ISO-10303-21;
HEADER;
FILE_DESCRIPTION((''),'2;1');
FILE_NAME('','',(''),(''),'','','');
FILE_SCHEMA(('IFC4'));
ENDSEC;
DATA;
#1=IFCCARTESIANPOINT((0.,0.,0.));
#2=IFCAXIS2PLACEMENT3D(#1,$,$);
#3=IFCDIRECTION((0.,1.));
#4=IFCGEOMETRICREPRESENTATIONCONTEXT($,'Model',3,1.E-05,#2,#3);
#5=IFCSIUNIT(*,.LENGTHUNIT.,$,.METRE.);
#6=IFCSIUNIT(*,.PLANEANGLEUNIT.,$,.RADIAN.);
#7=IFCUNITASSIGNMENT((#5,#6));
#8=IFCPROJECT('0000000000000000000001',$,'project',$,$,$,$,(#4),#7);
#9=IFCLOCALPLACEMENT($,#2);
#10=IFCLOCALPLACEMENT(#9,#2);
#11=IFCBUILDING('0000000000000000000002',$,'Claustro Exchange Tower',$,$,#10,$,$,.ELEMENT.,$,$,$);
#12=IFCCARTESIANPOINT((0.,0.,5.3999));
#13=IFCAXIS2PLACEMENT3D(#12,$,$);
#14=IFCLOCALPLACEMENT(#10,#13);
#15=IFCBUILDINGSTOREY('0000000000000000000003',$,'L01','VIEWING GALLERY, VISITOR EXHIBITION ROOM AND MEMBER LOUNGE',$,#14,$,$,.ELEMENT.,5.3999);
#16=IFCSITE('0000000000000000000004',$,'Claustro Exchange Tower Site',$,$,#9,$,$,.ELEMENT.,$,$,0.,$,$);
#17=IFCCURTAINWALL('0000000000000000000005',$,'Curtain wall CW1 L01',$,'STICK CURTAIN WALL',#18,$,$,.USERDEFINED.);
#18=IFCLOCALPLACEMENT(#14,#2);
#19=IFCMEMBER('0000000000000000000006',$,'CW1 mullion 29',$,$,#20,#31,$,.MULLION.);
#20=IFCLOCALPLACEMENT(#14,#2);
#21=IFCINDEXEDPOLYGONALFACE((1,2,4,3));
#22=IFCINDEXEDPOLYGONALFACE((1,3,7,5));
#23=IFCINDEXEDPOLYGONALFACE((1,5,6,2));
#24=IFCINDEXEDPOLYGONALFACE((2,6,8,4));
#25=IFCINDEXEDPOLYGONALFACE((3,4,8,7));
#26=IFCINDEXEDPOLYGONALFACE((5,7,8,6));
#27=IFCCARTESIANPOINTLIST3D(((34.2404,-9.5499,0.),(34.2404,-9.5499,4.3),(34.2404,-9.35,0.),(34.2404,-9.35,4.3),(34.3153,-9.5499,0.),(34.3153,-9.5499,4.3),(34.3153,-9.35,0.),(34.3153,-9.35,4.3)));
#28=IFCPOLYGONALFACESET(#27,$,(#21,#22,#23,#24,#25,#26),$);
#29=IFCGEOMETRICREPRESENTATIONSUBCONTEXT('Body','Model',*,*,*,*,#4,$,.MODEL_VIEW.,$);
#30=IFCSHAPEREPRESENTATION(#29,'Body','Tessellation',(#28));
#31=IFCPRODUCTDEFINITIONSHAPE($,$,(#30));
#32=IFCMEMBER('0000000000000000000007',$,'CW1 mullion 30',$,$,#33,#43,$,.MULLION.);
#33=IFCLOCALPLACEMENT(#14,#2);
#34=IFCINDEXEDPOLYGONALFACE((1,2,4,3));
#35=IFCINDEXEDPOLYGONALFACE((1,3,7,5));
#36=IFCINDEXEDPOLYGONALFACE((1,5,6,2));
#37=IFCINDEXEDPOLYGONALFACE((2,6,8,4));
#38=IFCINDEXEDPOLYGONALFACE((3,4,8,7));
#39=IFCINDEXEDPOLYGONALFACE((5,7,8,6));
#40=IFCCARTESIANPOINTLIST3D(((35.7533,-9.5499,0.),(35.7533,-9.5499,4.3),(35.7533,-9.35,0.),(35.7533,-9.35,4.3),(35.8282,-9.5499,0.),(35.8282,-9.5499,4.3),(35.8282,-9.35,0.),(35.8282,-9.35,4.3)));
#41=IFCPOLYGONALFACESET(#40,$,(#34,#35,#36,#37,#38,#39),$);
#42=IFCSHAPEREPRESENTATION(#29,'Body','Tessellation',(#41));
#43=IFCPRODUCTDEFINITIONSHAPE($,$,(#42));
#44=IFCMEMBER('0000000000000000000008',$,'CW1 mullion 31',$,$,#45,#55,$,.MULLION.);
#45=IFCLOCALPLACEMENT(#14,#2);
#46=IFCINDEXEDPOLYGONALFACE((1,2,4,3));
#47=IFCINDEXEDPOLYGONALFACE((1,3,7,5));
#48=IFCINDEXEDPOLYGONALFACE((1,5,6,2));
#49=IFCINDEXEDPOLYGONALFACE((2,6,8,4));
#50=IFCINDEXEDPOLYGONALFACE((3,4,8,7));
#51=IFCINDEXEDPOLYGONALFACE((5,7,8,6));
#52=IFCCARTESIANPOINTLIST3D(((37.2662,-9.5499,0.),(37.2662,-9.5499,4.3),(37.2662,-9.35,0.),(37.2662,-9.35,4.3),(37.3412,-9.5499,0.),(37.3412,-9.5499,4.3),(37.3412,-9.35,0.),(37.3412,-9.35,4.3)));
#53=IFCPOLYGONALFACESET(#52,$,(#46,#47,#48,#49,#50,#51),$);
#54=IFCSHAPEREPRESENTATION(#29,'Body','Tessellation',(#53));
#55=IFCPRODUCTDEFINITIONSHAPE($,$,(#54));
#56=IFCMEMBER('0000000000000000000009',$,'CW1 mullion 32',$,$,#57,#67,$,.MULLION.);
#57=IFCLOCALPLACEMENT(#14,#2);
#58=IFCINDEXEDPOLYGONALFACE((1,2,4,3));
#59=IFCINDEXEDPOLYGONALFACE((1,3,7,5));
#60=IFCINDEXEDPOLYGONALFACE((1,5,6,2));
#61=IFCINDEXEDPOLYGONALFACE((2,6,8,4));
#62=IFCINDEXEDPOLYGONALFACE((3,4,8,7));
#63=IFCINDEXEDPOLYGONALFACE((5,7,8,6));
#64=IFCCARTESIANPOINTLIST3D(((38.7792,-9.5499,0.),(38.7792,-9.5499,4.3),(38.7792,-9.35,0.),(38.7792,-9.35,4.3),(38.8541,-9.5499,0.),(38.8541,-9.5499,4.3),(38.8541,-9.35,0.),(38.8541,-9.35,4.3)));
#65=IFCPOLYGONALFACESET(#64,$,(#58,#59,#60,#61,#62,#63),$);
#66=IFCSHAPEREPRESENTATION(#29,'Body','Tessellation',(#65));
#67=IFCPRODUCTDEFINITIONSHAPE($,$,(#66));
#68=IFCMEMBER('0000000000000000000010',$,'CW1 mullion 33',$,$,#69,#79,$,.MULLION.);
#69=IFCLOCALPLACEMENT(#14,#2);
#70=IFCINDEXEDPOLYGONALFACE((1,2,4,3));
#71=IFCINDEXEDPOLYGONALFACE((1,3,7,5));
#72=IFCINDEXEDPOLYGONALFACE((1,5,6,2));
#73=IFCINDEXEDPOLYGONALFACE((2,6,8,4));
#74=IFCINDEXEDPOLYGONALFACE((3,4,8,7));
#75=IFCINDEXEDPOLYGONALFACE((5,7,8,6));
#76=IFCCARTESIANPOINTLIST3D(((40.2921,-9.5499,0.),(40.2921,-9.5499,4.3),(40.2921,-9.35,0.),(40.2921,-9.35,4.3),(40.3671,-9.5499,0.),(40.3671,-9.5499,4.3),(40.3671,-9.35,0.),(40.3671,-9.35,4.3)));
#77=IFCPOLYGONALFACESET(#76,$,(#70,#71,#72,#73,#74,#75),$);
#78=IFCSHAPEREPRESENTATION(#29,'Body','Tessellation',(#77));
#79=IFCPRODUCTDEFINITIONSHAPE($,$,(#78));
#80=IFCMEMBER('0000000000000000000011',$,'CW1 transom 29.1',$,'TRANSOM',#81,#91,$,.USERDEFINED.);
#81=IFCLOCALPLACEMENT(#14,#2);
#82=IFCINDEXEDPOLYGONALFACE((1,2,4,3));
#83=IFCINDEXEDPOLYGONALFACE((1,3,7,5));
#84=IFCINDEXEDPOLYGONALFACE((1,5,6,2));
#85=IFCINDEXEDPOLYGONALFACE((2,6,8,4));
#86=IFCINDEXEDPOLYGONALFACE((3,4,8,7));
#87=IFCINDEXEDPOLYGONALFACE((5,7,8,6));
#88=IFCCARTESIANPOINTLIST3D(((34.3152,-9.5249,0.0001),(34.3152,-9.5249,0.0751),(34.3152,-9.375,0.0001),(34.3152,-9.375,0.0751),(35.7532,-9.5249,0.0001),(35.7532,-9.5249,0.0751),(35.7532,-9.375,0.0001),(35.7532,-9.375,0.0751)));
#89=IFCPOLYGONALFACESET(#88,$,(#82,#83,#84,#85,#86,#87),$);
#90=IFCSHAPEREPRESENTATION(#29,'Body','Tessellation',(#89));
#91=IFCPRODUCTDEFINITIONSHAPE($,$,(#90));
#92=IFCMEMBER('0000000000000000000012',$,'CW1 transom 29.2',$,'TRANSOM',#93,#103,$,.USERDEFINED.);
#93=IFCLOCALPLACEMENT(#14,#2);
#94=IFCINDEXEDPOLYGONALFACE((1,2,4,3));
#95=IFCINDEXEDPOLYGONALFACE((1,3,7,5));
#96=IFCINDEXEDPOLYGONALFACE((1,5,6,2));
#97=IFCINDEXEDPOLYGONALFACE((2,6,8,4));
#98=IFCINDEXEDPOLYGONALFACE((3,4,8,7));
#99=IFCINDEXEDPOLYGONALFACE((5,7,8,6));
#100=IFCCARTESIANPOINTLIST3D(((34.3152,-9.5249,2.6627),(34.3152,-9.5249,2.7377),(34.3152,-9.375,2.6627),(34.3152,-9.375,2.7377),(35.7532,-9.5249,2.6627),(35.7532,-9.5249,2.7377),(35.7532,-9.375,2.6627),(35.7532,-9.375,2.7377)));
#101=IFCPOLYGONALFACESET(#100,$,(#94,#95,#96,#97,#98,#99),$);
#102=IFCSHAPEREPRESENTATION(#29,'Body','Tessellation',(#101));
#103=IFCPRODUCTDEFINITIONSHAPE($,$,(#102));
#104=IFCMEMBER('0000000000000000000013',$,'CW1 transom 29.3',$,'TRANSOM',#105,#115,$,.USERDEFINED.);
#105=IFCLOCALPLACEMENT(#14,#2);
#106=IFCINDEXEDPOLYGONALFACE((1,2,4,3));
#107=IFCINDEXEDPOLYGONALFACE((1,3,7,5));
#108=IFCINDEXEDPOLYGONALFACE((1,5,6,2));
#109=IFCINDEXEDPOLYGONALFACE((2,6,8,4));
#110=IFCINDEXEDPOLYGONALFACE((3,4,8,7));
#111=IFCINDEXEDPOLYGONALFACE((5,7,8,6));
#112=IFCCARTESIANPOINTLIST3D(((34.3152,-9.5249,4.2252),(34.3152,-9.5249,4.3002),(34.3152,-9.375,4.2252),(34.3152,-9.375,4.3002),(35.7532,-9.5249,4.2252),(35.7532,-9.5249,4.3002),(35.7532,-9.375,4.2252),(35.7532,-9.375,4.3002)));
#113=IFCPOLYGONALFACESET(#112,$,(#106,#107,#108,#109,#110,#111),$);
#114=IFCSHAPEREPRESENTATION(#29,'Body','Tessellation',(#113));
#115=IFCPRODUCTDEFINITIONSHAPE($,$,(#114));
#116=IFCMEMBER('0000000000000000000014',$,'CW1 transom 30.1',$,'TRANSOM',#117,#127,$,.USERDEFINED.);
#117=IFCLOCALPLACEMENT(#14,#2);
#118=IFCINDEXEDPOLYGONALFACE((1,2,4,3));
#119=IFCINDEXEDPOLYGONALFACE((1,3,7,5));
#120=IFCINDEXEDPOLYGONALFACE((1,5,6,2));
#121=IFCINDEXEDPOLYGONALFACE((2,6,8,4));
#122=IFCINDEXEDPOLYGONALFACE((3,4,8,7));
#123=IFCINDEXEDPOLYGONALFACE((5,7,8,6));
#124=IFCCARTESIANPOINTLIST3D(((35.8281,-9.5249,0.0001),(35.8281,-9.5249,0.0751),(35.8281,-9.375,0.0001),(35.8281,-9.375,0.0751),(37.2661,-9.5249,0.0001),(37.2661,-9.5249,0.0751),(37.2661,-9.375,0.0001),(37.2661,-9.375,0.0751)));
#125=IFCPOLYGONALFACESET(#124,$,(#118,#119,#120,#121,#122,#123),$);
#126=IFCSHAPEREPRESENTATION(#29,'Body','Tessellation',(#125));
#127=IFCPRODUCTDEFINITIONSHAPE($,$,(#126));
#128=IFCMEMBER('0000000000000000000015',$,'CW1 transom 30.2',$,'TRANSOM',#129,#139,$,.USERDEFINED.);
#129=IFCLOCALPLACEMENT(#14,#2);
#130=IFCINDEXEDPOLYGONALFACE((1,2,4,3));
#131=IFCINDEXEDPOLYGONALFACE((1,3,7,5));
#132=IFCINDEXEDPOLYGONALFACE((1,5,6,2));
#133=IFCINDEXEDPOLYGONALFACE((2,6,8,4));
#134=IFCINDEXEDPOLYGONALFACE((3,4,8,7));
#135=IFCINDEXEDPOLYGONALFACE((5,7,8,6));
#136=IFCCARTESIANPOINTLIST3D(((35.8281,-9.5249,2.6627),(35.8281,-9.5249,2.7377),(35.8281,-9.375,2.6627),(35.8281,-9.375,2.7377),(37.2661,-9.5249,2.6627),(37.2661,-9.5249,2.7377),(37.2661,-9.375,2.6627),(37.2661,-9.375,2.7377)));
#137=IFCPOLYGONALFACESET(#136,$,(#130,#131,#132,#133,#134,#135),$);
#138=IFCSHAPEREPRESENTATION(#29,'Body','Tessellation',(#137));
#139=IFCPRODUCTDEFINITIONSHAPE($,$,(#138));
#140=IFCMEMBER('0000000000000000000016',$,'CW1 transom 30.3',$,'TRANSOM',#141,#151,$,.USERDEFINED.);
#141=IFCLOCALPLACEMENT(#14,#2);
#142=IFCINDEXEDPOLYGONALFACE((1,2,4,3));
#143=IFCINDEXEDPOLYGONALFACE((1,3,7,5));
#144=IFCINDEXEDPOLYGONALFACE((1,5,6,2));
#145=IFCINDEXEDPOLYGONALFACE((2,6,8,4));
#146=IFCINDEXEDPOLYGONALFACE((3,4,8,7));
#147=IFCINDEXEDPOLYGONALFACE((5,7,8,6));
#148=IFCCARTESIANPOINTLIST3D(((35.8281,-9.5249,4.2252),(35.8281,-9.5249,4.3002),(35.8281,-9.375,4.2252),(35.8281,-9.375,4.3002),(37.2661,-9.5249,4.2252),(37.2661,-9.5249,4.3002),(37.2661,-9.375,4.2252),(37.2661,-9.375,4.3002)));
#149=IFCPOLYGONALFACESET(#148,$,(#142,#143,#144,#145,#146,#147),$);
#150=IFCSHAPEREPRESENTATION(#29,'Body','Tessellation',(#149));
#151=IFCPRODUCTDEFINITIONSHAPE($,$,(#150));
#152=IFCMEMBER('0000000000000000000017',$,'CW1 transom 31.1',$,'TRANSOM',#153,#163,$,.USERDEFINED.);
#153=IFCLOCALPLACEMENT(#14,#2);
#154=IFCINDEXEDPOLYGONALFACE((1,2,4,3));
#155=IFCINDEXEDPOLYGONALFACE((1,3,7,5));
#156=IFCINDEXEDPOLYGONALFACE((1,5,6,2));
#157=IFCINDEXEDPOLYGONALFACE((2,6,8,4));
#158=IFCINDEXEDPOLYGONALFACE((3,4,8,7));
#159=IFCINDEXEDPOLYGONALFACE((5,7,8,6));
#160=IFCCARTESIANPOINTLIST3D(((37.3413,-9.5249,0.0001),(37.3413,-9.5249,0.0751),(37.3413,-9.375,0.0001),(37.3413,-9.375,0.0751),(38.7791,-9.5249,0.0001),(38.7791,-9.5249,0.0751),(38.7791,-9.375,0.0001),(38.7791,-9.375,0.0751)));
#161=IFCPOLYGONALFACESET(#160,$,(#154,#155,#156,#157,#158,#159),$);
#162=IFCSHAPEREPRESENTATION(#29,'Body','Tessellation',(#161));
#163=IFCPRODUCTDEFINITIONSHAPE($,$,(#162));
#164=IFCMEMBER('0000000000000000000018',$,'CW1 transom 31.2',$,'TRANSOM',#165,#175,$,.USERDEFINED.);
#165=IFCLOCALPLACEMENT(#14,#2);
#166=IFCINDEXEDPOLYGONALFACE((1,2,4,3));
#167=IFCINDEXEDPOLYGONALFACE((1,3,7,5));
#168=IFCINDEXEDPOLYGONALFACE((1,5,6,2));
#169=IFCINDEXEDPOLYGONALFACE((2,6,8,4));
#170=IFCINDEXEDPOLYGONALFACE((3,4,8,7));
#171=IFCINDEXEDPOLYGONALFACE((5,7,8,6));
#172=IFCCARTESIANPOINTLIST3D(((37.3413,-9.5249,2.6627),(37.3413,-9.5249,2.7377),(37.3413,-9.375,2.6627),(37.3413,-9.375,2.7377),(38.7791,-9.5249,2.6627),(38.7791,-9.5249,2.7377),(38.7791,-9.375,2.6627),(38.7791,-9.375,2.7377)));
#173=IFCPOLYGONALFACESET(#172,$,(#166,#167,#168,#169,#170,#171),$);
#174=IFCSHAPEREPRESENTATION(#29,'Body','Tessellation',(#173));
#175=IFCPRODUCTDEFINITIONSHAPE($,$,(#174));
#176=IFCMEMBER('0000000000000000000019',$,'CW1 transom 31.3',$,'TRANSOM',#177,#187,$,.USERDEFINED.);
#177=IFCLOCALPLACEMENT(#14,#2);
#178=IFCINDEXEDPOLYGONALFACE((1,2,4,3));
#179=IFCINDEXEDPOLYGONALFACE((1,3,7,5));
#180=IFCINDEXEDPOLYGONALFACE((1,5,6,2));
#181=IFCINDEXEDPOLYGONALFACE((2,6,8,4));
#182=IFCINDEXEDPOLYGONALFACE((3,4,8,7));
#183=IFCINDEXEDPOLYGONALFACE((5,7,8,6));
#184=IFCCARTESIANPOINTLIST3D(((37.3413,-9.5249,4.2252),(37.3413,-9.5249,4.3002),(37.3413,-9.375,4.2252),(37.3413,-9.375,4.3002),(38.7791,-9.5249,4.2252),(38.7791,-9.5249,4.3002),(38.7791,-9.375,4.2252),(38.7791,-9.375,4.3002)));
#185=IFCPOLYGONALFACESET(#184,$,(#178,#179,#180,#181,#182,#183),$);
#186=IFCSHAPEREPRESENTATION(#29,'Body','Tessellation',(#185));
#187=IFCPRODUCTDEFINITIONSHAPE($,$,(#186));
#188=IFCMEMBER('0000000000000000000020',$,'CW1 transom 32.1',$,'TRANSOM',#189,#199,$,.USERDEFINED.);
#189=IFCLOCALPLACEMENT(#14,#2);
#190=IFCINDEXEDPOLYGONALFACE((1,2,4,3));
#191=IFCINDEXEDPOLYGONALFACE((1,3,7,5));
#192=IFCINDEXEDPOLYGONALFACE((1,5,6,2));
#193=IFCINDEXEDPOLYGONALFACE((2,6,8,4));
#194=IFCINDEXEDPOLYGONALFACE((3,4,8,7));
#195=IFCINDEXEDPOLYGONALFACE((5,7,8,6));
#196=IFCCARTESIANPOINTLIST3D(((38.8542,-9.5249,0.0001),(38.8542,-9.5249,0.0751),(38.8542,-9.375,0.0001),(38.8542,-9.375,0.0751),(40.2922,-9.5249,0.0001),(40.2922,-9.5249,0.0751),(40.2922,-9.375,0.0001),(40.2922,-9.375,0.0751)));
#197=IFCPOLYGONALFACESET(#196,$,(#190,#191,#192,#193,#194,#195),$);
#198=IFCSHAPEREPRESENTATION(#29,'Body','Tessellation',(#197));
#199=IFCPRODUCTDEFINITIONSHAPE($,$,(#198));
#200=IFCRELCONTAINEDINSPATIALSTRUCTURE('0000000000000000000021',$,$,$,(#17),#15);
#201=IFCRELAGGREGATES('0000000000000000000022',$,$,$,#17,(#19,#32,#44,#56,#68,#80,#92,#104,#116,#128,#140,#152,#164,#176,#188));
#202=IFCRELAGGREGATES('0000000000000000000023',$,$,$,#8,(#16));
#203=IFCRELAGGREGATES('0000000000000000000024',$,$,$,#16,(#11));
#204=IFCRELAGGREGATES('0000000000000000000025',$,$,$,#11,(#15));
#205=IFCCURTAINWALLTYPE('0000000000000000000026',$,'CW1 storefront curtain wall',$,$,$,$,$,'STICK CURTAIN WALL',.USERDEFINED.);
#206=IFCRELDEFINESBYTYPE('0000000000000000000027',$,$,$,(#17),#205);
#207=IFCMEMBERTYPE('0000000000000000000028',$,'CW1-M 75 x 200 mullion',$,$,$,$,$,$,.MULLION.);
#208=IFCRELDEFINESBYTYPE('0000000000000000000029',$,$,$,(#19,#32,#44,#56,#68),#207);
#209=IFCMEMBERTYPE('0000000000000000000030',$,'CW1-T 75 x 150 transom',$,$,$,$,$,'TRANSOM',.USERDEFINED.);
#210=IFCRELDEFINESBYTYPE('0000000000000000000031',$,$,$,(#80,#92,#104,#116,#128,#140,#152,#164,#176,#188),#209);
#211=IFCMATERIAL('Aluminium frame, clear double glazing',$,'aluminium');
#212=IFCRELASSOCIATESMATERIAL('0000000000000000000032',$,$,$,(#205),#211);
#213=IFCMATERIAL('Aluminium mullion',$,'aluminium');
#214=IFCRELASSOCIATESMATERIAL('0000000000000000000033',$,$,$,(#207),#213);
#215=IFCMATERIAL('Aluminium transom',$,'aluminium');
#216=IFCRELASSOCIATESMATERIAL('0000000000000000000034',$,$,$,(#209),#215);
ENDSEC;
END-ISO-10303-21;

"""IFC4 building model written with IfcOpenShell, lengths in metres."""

from ifc_helpers import new_model, si_unit, direction, frame, origin, origin_2d, place, context, subcontext, project, spatial, rectangle, extrude, material, material_profile, profile_set, type_object, element, aggregate, save


model = new_model("IFC4")

# Units and contexts
model_context = context("Model", 3, precision=1e-05, world=origin(), true_north=direction((0.0, 1.0)))
body_context = subcontext(model_context, "Body", "Model", "MODEL_VIEW")
ifc_project = project(units=[si_unit("LENGTHUNIT", "METRE"), si_unit("PLANEANGLEUNIT", "RADIAN")], contexts=[model_context])

# Site, building, storey
site_placement = place(None, origin())
site = spatial("IfcSite", under=ifc_project, at=site_placement, Name="Claustro Exchange Tower Site", CompositionType="ELEMENT", RefElevation=0.0)
building_placement = place(site_placement, origin())
building = spatial("IfcBuilding", under=site, at=building_placement, Name="Claustro Exchange Tower", CompositionType="ELEMENT")
storey_placement = place(building_placement, frame((0.0, 0.0, 5.3999)))
storey = spatial("IfcBuildingStorey", under=building, at=storey_placement, Name="L01", Description="VIEWING GALLERY, VISITOR EXHIBITION ROOM AND MEMBER LOUNGE", CompositionType="ELEMENT", Elevation=5.3999)

# Curtain wall, members
ifc_material_1 = material(Name="Aluminium frame, clear double glazing", Category="aluminium")
curtain_wall_type = type_object("IfcCurtainWallType", Name="CW1 storefront curtain wall", ElementType="STICK CURTAIN WALL", PredefinedType="USERDEFINED", material=ifc_material_1)
curtain_wall_placement = place(storey_placement, origin())
curtain_wall = element("IfcCurtainWall", 1, at=curtain_wall_placement, inside=storey, type_object=curtain_wall_type, Name="Curtain wall CW1 L01", ObjectType="STICK CURTAIN WALL", PredefinedType="USERDEFINED")
ifc_material_2 = material(Name="Aluminium mullion", Category="aluminium")
ifc_material_profile_1 = material_profile(ifc_material_2, rectangle(XDim=0.2, YDim=0.075, at=origin_2d()), Name="CW1-M 75x200")
ifc_profile_set_1 = profile_set([ifc_material_profile_1], Name="Aluminium mullion")
member_type_1 = type_object("IfcMemberType", Name="CW1-M 75 x 200 mullion", PredefinedType="MULLION", material=ifc_profile_set_1)
member_1_placement = place(storey_placement, frame((34.2778, -9.45, 0.0), z_axis=(0.0, 0.0, 1.0), x_axis=(0.0, 1.0, 0.0)))
member_1 = element("IfcMember", 2, at=member_1_placement, type_object=member_type_1, Name="CW1 mullion 29", PredefinedType="MULLION", context=body_context, shape_type="SweptSolid", body=[
    extrude(rectangle(XDim=0.2, YDim=0.075, at=origin_2d()), origin(), (0.0, 0.0, 1.0), 4.3),
])
member_2_placement = place(storey_placement, frame((35.7908, -9.45, 0.0), z_axis=(0.0, 0.0, 1.0), x_axis=(0.0, 1.0, 0.0)))
member_2 = element("IfcMember", 3, at=member_2_placement, type_object=member_type_1, Name="CW1 mullion 30", PredefinedType="MULLION", context=body_context, shape_type="SweptSolid", body=[
    extrude(rectangle(XDim=0.2, YDim=0.075, at=origin_2d()), origin(), (0.0, 0.0, 1.0), 4.3),
])
member_3_placement = place(storey_placement, frame((37.3037, -9.45, 0.0), z_axis=(0.0, 0.0, 1.0), x_axis=(0.0, 1.0, 0.0)))
member_3 = element("IfcMember", 4, at=member_3_placement, type_object=member_type_1, Name="CW1 mullion 31", PredefinedType="MULLION", context=body_context, shape_type="SweptSolid", body=[
    extrude(rectangle(XDim=0.2, YDim=0.075, at=origin_2d()), origin(), (0.0, 0.0, 1.0), 4.3),
])
member_4_placement = place(storey_placement, frame((38.8167, -9.45, 0.0), z_axis=(0.0, 0.0, 1.0), x_axis=(0.0, 1.0, 0.0)))
member_4 = element("IfcMember", 5, at=member_4_placement, type_object=member_type_1, Name="CW1 mullion 32", PredefinedType="MULLION", context=body_context, shape_type="SweptSolid", body=[
    extrude(rectangle(XDim=0.2, YDim=0.075, at=origin_2d()), origin(), (0.0, 0.0, 1.0), 4.3),
])
member_5_placement = place(storey_placement, frame((40.3296, -9.45, 0.0), z_axis=(0.0, 0.0, 1.0), x_axis=(0.0, 1.0, 0.0)))
member_5 = element("IfcMember", 6, at=member_5_placement, type_object=member_type_1, Name="CW1 mullion 33", PredefinedType="MULLION", context=body_context, shape_type="SweptSolid", body=[
    extrude(rectangle(XDim=0.2, YDim=0.075, at=origin_2d()), origin(), (0.0, 0.0, 1.0), 4.3),
])
ifc_material_3 = material(Name="Aluminium transom", Category="aluminium")
ifc_material_profile_2 = material_profile(ifc_material_3, rectangle(XDim=0.1499, YDim=0.075, at=origin_2d()), Name="CW1-T 75x150")
ifc_profile_set_2 = profile_set([ifc_material_profile_2], Name="Aluminium transom")
member_type_2 = type_object("IfcMemberType", Name="CW1-T 75 x 150 transom", ElementType="TRANSOM", PredefinedType="USERDEFINED", material=ifc_profile_set_2)
member_6_placement = place(storey_placement, frame((34.3152, -9.45, 0.0376), z_axis=(1.0, 0.0, 0.0), x_axis=(0.0, 1.0, 0.0)))
member_6 = element("IfcMember", 7, at=member_6_placement, type_object=member_type_2, Name="CW1 transom 29.1", ObjectType="TRANSOM", PredefinedType="USERDEFINED", context=body_context, shape_type="SweptSolid", body=[
    extrude(rectangle(XDim=0.1499, YDim=0.075, at=origin_2d()), origin(), (0.0, 0.0, 1.0), 1.438),
])
member_7_placement = place(storey_placement, frame((34.3152, -9.45, 2.7002), z_axis=(1.0, 0.0, 0.0), x_axis=(0.0, 1.0, 0.0)))
member_7 = element("IfcMember", 8, at=member_7_placement, type_object=member_type_2, Name="CW1 transom 29.2", ObjectType="TRANSOM", PredefinedType="USERDEFINED", context=body_context, shape_type="SweptSolid", body=[
    extrude(rectangle(XDim=0.1499, YDim=0.075, at=origin_2d()), origin(), (0.0, 0.0, 1.0), 1.438),
])
member_8_placement = place(storey_placement, frame((34.3152, -9.45, 4.2627), z_axis=(1.0, 0.0, 0.0), x_axis=(0.0, 1.0, 0.0)))
member_8 = element("IfcMember", 9, at=member_8_placement, type_object=member_type_2, Name="CW1 transom 29.3", ObjectType="TRANSOM", PredefinedType="USERDEFINED", context=body_context, shape_type="SweptSolid", body=[
    extrude(rectangle(XDim=0.1499, YDim=0.075, at=origin_2d()), origin(), (0.0, 0.0, 1.0), 1.438),
])
member_9_placement = place(storey_placement, frame((35.8281, -9.45, 0.0376), z_axis=(1.0, 0.0, 0.0), x_axis=(0.0, 1.0, 0.0)))
member_9 = element("IfcMember", 10, at=member_9_placement, type_object=member_type_2, Name="CW1 transom 30.1", ObjectType="TRANSOM", PredefinedType="USERDEFINED", context=body_context, shape_type="SweptSolid", body=[
    extrude(rectangle(XDim=0.1499, YDim=0.075, at=origin_2d()), origin(), (0.0, 0.0, 1.0), 1.438),
])
member_10_placement = place(storey_placement, frame((35.8281, -9.45, 2.7002), z_axis=(1.0, 0.0, 0.0), x_axis=(0.0, 1.0, 0.0)))
member_10 = element("IfcMember", 11, at=member_10_placement, type_object=member_type_2, Name="CW1 transom 30.2", ObjectType="TRANSOM", PredefinedType="USERDEFINED", context=body_context, shape_type="SweptSolid", body=[
    extrude(rectangle(XDim=0.1499, YDim=0.075, at=origin_2d()), origin(), (0.0, 0.0, 1.0), 1.438),
])
member_11_placement = place(storey_placement, frame((35.8281, -9.45, 4.2627), z_axis=(1.0, 0.0, 0.0), x_axis=(0.0, 1.0, 0.0)))
member_11 = element("IfcMember", 12, at=member_11_placement, type_object=member_type_2, Name="CW1 transom 30.3", ObjectType="TRANSOM", PredefinedType="USERDEFINED", context=body_context, shape_type="SweptSolid", body=[
    extrude(rectangle(XDim=0.1499, YDim=0.075, at=origin_2d()), origin(), (0.0, 0.0, 1.0), 1.438),
])
member_12_placement = place(storey_placement, frame((37.3413, -9.45, 0.0376), z_axis=(1.0, 0.0, 0.0), x_axis=(0.0, 1.0, 0.0)))
member_12 = element("IfcMember", 13, at=member_12_placement, type_object=member_type_2, Name="CW1 transom 31.1", ObjectType="TRANSOM", PredefinedType="USERDEFINED", context=body_context, shape_type="SweptSolid", body=[
    extrude(rectangle(XDim=0.1499, YDim=0.075, at=origin_2d()), origin(), (0.0, 0.0, 1.0), 1.4377),
])
member_13_placement = place(storey_placement, frame((37.3413, -9.45, 2.7002), z_axis=(1.0, 0.0, 0.0), x_axis=(0.0, 1.0, 0.0)))
member_13 = element("IfcMember", 14, at=member_13_placement, type_object=member_type_2, Name="CW1 transom 31.2", ObjectType="TRANSOM", PredefinedType="USERDEFINED", context=body_context, shape_type="SweptSolid", body=[
    extrude(rectangle(XDim=0.1499, YDim=0.075, at=origin_2d()), origin(), (0.0, 0.0, 1.0), 1.4377),
])
member_14_placement = place(storey_placement, frame((37.3413, -9.45, 4.2627), z_axis=(1.0, 0.0, 0.0), x_axis=(0.0, 1.0, 0.0)))
member_14 = element("IfcMember", 15, at=member_14_placement, type_object=member_type_2, Name="CW1 transom 31.3", ObjectType="TRANSOM", PredefinedType="USERDEFINED", context=body_context, shape_type="SweptSolid", body=[
    extrude(rectangle(XDim=0.1499, YDim=0.075, at=origin_2d()), origin(), (0.0, 0.0, 1.0), 1.4377),
])
member_15_placement = place(storey_placement, frame((38.8542, -9.45, 0.0376), z_axis=(1.0, 0.0, 0.0), x_axis=(0.0, 1.0, 0.0)))
member_15 = element("IfcMember", 16, at=member_15_placement, type_object=member_type_2, Name="CW1 transom 32.1", ObjectType="TRANSOM", PredefinedType="USERDEFINED", context=body_context, shape_type="SweptSolid", body=[
    extrude(rectangle(XDim=0.1499, YDim=0.075, at=origin_2d()), origin(), (0.0, 0.0, 1.0), 1.438),
])
aggregate(curtain_wall, [member_1, member_2, member_3, member_4, member_5, member_6, member_7, member_8, member_9, member_10, member_11, member_12, member_13, member_14, member_15])

save(model, "model.ifc")
